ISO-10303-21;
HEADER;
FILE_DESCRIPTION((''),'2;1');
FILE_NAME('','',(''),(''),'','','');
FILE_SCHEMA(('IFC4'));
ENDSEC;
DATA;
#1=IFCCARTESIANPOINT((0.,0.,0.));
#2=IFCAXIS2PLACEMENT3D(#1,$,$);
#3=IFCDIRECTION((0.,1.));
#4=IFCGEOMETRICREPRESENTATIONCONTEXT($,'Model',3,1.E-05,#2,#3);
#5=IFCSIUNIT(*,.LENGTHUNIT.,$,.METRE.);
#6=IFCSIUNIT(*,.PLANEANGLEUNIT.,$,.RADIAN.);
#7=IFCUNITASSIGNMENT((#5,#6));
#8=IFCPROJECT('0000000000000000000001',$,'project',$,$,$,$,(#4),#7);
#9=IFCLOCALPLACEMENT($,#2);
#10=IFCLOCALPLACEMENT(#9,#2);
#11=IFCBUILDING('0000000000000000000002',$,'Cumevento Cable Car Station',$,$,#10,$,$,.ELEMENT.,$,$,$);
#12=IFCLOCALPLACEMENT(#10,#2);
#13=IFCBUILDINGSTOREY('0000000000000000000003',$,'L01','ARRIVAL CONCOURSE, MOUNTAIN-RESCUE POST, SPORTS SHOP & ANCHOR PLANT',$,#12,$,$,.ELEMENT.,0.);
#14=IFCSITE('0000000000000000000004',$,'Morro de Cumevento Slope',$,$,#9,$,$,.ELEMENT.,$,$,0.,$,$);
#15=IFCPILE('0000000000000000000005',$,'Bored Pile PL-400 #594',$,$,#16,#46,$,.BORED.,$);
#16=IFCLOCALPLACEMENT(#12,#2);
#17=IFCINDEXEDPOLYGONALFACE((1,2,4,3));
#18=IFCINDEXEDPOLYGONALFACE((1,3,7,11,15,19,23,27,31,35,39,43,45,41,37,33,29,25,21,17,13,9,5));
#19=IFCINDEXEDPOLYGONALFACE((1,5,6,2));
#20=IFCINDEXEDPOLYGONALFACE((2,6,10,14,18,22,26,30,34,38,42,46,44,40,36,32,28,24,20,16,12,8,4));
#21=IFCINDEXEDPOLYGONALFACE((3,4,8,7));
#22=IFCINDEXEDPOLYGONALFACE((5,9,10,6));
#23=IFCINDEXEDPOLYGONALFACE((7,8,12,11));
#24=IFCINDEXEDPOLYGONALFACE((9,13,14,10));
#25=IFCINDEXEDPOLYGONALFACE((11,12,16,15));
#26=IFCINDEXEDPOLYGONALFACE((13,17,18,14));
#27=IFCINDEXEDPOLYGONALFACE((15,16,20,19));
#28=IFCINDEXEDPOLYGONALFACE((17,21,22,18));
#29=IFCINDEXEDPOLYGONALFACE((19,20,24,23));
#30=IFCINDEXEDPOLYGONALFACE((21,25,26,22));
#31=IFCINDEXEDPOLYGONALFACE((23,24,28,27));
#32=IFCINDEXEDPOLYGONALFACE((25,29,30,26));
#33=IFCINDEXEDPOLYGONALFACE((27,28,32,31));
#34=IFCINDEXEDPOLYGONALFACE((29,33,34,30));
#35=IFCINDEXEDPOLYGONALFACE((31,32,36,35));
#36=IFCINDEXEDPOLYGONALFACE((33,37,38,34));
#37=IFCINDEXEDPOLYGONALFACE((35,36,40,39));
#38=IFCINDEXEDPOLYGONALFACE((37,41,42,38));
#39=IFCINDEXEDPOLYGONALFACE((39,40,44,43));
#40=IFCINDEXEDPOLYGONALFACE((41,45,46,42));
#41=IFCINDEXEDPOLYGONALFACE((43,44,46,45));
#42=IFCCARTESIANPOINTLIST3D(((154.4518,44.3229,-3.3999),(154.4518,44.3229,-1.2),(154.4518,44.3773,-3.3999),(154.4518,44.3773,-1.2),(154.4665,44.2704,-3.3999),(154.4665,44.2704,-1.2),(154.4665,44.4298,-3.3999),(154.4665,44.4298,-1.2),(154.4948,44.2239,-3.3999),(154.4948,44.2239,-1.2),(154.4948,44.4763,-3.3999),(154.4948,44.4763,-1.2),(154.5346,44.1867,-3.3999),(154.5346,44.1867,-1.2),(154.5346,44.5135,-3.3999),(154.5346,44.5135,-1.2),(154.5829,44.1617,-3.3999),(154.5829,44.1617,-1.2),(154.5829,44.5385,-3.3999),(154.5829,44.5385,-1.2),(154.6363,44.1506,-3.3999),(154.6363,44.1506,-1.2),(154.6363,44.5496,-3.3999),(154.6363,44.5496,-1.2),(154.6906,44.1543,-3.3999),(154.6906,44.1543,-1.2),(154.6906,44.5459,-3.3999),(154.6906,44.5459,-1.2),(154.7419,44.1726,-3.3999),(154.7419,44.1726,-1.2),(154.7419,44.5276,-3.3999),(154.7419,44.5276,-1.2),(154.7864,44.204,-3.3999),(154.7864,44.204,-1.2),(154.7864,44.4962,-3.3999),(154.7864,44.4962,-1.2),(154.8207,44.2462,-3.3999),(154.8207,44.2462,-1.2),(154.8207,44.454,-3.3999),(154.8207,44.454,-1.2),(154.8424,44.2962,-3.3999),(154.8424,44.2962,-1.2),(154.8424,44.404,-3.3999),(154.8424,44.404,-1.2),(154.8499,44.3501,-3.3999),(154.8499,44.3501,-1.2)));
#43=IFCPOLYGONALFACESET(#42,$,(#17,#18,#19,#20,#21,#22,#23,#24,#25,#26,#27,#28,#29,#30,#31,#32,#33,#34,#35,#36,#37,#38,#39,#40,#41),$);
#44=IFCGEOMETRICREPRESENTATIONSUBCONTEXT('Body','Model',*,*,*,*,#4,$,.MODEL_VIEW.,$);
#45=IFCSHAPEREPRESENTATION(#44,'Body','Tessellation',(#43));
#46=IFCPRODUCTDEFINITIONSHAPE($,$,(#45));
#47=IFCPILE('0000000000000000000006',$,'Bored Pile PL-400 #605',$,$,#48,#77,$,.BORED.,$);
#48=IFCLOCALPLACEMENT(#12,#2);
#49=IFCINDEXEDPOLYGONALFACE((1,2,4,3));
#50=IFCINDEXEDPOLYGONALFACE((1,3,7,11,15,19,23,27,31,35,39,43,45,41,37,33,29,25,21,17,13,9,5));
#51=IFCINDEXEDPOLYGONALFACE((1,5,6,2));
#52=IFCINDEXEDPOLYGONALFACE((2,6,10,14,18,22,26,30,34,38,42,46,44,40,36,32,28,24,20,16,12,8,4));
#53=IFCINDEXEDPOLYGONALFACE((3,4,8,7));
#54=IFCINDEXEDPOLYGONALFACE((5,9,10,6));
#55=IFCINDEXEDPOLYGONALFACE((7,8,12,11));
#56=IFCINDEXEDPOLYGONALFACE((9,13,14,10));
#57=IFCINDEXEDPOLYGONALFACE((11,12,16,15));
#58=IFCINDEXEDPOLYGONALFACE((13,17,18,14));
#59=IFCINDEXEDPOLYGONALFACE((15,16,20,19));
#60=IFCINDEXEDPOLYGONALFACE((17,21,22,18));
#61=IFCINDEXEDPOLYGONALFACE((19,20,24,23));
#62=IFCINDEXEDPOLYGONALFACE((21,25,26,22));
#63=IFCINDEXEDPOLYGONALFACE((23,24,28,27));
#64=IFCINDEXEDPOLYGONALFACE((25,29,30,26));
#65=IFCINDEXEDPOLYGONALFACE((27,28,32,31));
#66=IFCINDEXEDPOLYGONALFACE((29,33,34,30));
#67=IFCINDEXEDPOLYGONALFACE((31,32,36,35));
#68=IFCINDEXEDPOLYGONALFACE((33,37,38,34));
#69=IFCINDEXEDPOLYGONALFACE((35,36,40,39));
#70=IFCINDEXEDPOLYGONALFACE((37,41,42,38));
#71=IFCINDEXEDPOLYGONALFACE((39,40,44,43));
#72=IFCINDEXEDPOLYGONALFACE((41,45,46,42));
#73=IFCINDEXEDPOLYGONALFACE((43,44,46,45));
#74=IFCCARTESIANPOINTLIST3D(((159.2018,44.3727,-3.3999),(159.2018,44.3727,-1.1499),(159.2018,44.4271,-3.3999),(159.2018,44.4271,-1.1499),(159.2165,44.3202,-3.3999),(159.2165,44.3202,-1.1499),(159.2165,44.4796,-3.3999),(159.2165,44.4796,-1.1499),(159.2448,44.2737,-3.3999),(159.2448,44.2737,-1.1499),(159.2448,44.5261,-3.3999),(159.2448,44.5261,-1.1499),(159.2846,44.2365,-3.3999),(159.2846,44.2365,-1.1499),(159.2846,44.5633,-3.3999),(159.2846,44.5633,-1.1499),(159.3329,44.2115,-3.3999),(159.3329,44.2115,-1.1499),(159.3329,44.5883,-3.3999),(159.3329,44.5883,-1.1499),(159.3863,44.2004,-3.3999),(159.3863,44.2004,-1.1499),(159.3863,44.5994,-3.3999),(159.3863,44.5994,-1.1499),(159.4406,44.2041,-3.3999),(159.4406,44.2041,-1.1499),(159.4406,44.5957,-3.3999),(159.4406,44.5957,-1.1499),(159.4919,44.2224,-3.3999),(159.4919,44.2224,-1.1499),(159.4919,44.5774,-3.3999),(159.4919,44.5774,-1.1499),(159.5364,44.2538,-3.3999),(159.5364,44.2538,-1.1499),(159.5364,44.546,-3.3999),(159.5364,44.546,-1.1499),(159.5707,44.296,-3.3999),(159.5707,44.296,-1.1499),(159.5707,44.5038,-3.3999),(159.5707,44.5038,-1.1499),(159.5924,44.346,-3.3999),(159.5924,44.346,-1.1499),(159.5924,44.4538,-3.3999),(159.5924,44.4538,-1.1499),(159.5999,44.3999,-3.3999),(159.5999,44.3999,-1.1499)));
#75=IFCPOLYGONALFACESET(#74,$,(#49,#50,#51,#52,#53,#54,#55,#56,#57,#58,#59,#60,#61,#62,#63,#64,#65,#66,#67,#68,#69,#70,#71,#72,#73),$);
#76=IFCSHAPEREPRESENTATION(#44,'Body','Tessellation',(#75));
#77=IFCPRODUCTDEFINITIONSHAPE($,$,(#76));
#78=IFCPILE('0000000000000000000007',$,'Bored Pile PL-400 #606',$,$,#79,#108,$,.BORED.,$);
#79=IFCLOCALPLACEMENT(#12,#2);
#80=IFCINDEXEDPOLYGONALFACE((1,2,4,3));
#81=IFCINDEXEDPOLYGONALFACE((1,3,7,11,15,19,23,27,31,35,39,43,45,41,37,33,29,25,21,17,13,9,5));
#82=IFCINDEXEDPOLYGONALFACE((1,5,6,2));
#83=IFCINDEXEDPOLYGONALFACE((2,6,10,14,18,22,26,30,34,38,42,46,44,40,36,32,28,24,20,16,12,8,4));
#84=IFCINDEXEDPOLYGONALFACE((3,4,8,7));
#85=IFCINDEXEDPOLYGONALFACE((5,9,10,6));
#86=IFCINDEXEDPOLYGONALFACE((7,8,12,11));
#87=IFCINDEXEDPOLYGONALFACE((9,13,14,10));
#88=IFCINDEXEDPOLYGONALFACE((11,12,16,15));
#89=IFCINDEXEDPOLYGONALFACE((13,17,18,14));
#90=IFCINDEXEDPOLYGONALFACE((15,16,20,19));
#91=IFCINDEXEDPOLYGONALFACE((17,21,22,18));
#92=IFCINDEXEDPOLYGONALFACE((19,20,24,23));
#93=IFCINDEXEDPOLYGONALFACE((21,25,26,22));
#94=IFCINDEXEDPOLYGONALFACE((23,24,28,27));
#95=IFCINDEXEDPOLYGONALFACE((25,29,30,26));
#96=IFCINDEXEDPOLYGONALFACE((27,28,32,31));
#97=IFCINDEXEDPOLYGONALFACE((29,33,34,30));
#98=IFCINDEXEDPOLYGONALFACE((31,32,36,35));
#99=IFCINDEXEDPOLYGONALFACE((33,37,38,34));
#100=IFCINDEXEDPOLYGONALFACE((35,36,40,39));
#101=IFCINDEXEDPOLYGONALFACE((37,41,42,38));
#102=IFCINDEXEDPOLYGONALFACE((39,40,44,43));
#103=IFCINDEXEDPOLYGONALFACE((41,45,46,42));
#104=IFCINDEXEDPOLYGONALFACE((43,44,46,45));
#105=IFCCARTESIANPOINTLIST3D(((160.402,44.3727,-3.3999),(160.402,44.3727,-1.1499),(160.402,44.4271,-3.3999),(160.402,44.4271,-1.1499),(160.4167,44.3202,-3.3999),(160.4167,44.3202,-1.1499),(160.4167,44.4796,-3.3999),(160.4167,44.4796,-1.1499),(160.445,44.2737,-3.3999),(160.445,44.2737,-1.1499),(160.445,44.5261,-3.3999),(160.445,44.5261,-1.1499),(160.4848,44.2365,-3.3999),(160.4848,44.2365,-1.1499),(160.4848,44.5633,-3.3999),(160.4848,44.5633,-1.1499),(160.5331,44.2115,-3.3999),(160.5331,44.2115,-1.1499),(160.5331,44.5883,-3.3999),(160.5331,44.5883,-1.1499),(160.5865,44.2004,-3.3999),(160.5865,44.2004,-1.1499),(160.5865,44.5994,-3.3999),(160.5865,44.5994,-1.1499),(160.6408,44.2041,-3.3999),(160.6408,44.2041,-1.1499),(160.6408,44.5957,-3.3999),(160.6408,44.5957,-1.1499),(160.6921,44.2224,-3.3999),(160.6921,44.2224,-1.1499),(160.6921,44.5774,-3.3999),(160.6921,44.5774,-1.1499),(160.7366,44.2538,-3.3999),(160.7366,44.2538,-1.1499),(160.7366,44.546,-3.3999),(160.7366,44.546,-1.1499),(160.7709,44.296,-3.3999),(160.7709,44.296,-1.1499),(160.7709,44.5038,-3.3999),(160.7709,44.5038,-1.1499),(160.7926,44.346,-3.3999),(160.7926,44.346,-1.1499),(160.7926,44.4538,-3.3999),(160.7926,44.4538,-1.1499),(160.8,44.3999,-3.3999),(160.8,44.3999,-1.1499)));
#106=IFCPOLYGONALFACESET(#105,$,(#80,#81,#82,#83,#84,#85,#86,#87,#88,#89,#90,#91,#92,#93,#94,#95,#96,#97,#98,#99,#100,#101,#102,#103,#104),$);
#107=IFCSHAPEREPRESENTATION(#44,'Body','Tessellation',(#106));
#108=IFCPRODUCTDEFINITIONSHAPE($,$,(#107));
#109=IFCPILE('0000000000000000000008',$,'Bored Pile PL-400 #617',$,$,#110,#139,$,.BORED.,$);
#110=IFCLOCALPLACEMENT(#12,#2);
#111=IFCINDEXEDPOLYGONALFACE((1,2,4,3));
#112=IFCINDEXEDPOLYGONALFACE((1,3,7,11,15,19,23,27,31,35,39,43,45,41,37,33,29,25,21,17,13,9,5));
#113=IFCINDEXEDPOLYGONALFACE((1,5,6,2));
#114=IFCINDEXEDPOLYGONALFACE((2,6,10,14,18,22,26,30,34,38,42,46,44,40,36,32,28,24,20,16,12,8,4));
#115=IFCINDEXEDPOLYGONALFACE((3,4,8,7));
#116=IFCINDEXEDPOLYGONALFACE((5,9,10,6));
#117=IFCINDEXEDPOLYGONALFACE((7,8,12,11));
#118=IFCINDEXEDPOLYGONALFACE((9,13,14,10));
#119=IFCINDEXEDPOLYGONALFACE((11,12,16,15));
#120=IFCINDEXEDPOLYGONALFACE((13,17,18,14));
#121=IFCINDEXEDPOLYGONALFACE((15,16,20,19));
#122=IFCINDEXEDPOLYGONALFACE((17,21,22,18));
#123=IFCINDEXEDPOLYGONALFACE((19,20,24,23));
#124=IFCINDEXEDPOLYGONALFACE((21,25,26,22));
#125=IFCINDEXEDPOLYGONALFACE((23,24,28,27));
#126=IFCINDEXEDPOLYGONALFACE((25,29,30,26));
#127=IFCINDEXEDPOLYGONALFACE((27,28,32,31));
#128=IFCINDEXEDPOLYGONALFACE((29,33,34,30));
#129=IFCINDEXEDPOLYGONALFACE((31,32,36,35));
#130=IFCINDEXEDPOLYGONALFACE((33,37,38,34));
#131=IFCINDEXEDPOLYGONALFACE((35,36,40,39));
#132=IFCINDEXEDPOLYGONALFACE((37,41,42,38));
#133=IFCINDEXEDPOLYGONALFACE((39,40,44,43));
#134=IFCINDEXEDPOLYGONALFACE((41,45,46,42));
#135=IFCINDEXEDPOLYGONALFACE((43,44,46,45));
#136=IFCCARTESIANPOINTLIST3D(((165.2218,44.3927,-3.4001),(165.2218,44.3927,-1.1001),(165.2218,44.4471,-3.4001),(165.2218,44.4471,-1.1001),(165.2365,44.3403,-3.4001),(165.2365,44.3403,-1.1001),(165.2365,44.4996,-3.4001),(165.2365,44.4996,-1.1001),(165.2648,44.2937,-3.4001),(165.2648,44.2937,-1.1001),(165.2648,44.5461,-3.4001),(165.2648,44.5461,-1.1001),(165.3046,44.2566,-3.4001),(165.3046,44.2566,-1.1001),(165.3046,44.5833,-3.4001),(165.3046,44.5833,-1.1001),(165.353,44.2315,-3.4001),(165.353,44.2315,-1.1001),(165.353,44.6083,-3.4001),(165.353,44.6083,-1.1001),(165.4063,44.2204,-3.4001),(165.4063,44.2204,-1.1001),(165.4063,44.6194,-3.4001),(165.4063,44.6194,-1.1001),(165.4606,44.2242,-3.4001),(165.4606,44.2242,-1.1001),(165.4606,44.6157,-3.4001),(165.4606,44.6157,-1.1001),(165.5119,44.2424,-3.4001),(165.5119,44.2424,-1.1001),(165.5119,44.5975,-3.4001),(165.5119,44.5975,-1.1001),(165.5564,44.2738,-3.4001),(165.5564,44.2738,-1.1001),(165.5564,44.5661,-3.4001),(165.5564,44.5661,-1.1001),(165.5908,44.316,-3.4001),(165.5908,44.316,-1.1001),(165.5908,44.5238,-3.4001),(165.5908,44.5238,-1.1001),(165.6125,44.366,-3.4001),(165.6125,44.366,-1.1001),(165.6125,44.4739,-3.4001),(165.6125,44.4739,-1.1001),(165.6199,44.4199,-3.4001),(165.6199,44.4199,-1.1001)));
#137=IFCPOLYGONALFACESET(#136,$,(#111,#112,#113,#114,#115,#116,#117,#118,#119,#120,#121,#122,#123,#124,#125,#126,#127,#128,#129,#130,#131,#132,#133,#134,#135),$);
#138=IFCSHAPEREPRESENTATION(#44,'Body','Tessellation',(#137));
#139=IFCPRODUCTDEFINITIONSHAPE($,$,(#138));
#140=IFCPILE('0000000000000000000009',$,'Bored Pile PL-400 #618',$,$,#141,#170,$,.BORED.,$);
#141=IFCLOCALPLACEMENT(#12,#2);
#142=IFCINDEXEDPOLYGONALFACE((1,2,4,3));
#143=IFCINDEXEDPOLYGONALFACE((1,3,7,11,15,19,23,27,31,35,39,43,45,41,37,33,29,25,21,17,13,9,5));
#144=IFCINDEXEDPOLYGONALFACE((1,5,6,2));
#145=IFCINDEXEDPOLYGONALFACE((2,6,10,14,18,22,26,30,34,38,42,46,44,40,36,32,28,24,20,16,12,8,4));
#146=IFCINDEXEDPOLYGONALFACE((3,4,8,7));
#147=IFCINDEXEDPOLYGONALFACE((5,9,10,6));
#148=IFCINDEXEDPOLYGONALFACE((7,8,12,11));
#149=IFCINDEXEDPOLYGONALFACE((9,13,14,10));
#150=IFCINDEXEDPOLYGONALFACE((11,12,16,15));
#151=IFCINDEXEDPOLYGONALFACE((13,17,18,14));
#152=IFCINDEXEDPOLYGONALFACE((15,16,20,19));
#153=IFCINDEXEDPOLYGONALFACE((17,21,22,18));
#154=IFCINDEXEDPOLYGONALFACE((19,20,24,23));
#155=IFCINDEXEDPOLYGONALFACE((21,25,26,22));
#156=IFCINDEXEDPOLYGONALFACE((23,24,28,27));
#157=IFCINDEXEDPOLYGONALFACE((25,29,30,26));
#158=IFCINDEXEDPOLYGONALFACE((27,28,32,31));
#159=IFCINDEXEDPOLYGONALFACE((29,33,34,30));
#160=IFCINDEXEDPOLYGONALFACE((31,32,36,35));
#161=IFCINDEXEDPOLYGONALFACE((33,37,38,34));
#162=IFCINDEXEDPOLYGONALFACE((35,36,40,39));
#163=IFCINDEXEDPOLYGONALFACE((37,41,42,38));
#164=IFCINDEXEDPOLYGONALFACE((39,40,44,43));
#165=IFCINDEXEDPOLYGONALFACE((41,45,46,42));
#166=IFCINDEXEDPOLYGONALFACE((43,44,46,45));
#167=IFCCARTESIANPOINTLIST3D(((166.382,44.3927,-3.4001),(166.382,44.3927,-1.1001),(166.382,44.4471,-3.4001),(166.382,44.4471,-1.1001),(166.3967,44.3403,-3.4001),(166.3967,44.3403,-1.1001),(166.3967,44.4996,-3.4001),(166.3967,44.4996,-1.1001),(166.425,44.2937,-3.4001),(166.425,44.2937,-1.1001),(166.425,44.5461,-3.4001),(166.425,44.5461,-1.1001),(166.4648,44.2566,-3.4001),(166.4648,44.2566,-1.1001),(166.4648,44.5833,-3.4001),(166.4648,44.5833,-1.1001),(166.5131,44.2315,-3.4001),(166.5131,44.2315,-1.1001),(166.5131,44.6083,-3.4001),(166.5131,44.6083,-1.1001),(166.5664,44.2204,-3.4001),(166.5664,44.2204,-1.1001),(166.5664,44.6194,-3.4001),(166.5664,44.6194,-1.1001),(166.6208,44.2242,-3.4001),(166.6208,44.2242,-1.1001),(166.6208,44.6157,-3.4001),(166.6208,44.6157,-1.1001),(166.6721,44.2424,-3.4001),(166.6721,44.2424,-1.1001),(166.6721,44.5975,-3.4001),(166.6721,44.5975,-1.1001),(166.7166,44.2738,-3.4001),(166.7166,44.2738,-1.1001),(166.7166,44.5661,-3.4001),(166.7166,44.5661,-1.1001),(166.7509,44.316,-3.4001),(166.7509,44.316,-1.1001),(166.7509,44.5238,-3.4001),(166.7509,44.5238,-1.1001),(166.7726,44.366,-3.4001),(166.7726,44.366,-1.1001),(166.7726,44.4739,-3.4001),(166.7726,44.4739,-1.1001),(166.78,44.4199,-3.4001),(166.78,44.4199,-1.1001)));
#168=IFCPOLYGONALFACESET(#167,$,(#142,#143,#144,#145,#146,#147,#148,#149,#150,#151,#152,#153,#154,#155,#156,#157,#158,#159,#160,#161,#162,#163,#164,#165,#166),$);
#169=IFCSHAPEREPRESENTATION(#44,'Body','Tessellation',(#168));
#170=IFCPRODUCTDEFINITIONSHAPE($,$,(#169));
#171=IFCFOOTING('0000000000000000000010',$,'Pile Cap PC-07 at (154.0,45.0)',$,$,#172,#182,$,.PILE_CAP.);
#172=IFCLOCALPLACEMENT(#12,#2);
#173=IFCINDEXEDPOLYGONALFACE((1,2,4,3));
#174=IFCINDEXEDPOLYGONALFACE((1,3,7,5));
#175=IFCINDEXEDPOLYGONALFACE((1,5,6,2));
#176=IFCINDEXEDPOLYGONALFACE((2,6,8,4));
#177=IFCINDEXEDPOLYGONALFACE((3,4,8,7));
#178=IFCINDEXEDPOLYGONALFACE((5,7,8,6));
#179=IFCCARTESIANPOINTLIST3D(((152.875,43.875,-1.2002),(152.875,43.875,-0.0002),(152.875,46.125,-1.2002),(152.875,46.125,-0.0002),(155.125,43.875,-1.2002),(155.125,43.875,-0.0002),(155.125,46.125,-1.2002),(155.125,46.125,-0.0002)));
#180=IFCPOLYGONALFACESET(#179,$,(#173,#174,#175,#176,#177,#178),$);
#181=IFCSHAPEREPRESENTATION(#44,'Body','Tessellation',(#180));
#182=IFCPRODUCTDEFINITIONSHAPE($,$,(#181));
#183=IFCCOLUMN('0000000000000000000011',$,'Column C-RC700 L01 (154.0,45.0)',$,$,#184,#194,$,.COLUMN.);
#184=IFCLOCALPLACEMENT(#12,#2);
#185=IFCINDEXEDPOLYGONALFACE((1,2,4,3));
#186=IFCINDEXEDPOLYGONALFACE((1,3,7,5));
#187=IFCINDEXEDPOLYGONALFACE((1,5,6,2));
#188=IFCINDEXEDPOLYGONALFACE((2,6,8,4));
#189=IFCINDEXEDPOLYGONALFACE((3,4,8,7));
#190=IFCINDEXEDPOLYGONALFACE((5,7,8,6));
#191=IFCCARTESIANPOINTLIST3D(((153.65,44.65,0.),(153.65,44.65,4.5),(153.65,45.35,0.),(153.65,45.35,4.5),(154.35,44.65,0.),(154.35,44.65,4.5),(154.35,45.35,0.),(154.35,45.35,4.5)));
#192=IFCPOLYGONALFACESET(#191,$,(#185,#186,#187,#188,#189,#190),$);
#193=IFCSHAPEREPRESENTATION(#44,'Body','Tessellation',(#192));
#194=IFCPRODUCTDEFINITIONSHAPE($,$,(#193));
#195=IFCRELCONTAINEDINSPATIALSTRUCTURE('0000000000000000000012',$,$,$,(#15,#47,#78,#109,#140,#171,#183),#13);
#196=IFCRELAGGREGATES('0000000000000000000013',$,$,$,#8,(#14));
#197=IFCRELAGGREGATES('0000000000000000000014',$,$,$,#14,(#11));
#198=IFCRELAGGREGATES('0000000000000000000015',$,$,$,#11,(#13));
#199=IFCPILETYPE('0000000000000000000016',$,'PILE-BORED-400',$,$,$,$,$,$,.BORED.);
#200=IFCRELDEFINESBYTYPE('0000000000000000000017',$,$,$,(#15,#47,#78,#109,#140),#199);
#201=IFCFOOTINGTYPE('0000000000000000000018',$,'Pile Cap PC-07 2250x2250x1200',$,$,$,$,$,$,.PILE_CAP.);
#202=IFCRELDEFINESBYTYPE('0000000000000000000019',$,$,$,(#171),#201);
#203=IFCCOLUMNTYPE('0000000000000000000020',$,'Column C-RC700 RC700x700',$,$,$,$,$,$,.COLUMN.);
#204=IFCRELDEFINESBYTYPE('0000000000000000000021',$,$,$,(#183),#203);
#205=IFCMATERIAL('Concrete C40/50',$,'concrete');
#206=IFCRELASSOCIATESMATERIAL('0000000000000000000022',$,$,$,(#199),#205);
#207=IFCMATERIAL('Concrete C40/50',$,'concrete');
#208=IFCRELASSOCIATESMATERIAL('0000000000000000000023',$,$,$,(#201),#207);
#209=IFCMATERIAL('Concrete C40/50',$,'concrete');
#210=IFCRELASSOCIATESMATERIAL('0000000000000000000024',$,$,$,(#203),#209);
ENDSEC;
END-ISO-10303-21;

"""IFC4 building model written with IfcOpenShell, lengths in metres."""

from ifc_helpers import new_model, si_unit, direction, frame, origin, origin_2d, place, context, subcontext, project, spatial, rectangle, circle, extrude, material, material_profile, profile_set, type_object, element, save


model = new_model("IFC4")

# Units and contexts
model_context = context("Model", 3, precision=1e-05, world=origin(), true_north=direction((0.0, 1.0)))
body_context = subcontext(model_context, "Body", "Model", "MODEL_VIEW")
ifc_project = project(units=[si_unit("LENGTHUNIT", "METRE"), si_unit("PLANEANGLEUNIT", "RADIAN")], contexts=[model_context])

# Site, building, storey
site_placement = place(None, origin())
site = spatial("IfcSite", under=ifc_project, at=site_placement, Name="Morro de Cumevento Slope", CompositionType="ELEMENT", RefElevation=0.0)
building_placement = place(site_placement, origin())
building = spatial("IfcBuilding", under=site, at=building_placement, Name="Cumevento Cable Car Station", CompositionType="ELEMENT")
storey_placement = place(building_placement, origin())
storey = spatial("IfcBuildingStorey", under=building, at=storey_placement, Name="L01", Description="ARRIVAL CONCOURSE, MOUNTAIN-RESCUE POST, SPORTS SHOP & ANCHOR PLANT", CompositionType="ELEMENT", Elevation=0.0)

# Piles
ifc_material_1 = material(Name="Concrete C40/50", Category="concrete")
ifc_material_profile_1 = material_profile(ifc_material_1, circle(Radius=0.2, at=origin_2d()), Name="PILE-D400")
ifc_profile_set_1 = profile_set([ifc_material_profile_1], Name="Concrete C40/50")
pile_type = type_object("IfcPileType", Name="PILE-BORED-400", PredefinedType="BORED", material=ifc_profile_set_1)
pile_placement = place(storey_placement, frame((154.6499, 44.3501, -1.2), z_axis=(0.0, 0.0, -1.0), x_axis=(1.0, 0.0, 0.0)))
element("IfcPile", 1, at=pile_placement, inside=storey, type_object=pile_type, Name="Bored Pile PL-400 #594", PredefinedType="BORED", context=body_context, shape_type="SweptSolid", body=[
    extrude(circle(Radius=0.2, at=origin_2d()), origin(), (0.0, 0.0, 1.0), 2.2),
])
for number, where, z_axis, x_axis, name in (
    (2, (159.3999, 44.3999, -1.1499), (0.0, 0.0, -1.0), (1.0, 0.0, 0.0), "Bored Pile PL-400 #605"),
    (3, (160.6001, 44.3999, -1.1499), (0.0, 0.0, -1.0), (1.0, 0.0, 0.0), "Bored Pile PL-400 #606"),
):
    element("IfcPile", number, at=place(storey_placement, frame(where, z_axis=z_axis, x_axis=x_axis)), inside=storey, type_object=pile_type, Name=name, PredefinedType="BORED", context=body_context, shape_type="SweptSolid", body=[
        extrude(circle(Radius=0.2, at=origin_2d()), origin(), (0.0, 0.0, 1.0), 2.25),
    ])
for number, where, z_axis, x_axis, name in (
    (4, (165.4199, 44.4199, -1.1001), (0.0, 0.0, -1.0), (1.0, 0.0, 0.0), "Bored Pile PL-400 #617"),
    (5, (166.5801, 44.4199, -1.1001), (0.0, 0.0, -1.0), (1.0, 0.0, 0.0), "Bored Pile PL-400 #618"),
):
    element("IfcPile", number, at=place(storey_placement, frame(where, z_axis=z_axis, x_axis=x_axis)), inside=storey, type_object=pile_type, Name=name, PredefinedType="BORED", context=body_context, shape_type="SweptSolid", body=[
        extrude(circle(Radius=0.2, at=origin_2d()), origin(), (0.0, 0.0, 1.0), 2.3),
    ])

# Footing
ifc_material_2 = material(Name="Concrete C40/50", Category="concrete")
footing_type = type_object("IfcFootingType", Name="Pile Cap PC-07 2250x2250x1200", PredefinedType="PILE_CAP", material=ifc_material_2)
footing_placement = place(storey_placement, frame((154.0, 45.0, -1.2002), z_axis=(0.0, 0.0, 1.0), x_axis=(1.0, 0.0, 0.0)))
element("IfcFooting", 6, at=footing_placement, inside=storey, type_object=footing_type, Name="Pile Cap PC-07 at (154.0,45.0)", PredefinedType="PILE_CAP", context=body_context, shape_type="SweptSolid", body=[
    extrude(rectangle(XDim=2.25, YDim=2.25, at=origin_2d()), origin(), (0.0, 0.0, 1.0), 1.2),
])

# Column
ifc_material_3 = material(Name="Concrete C40/50", Category="concrete")
ifc_material_profile_2 = material_profile(ifc_material_3, rectangle(XDim=0.7, YDim=0.7, at=origin_2d()), Name="RC700x700")
ifc_profile_set_2 = profile_set([ifc_material_profile_2], Name="Concrete C40/50")
column_type = type_object("IfcColumnType", Name="Column C-RC700 RC700x700", PredefinedType="COLUMN", material=ifc_profile_set_2)
column_placement = place(storey_placement, frame((154.0, 45.0, 0.0), z_axis=(0.0, 0.0, 1.0), x_axis=(1.0, 0.0, 0.0)))
element("IfcColumn", 7, at=column_placement, inside=storey, type_object=column_type, Name="Column C-RC700 L01 (154.0,45.0)", PredefinedType="COLUMN", context=body_context, shape_type="SweptSolid", body=[
    extrude(rectangle(XDim=0.7, YDim=0.7, at=origin_2d()), origin(), (0.0, 0.0, 1.0), 4.5),
])

save(model, "model.ifc")
